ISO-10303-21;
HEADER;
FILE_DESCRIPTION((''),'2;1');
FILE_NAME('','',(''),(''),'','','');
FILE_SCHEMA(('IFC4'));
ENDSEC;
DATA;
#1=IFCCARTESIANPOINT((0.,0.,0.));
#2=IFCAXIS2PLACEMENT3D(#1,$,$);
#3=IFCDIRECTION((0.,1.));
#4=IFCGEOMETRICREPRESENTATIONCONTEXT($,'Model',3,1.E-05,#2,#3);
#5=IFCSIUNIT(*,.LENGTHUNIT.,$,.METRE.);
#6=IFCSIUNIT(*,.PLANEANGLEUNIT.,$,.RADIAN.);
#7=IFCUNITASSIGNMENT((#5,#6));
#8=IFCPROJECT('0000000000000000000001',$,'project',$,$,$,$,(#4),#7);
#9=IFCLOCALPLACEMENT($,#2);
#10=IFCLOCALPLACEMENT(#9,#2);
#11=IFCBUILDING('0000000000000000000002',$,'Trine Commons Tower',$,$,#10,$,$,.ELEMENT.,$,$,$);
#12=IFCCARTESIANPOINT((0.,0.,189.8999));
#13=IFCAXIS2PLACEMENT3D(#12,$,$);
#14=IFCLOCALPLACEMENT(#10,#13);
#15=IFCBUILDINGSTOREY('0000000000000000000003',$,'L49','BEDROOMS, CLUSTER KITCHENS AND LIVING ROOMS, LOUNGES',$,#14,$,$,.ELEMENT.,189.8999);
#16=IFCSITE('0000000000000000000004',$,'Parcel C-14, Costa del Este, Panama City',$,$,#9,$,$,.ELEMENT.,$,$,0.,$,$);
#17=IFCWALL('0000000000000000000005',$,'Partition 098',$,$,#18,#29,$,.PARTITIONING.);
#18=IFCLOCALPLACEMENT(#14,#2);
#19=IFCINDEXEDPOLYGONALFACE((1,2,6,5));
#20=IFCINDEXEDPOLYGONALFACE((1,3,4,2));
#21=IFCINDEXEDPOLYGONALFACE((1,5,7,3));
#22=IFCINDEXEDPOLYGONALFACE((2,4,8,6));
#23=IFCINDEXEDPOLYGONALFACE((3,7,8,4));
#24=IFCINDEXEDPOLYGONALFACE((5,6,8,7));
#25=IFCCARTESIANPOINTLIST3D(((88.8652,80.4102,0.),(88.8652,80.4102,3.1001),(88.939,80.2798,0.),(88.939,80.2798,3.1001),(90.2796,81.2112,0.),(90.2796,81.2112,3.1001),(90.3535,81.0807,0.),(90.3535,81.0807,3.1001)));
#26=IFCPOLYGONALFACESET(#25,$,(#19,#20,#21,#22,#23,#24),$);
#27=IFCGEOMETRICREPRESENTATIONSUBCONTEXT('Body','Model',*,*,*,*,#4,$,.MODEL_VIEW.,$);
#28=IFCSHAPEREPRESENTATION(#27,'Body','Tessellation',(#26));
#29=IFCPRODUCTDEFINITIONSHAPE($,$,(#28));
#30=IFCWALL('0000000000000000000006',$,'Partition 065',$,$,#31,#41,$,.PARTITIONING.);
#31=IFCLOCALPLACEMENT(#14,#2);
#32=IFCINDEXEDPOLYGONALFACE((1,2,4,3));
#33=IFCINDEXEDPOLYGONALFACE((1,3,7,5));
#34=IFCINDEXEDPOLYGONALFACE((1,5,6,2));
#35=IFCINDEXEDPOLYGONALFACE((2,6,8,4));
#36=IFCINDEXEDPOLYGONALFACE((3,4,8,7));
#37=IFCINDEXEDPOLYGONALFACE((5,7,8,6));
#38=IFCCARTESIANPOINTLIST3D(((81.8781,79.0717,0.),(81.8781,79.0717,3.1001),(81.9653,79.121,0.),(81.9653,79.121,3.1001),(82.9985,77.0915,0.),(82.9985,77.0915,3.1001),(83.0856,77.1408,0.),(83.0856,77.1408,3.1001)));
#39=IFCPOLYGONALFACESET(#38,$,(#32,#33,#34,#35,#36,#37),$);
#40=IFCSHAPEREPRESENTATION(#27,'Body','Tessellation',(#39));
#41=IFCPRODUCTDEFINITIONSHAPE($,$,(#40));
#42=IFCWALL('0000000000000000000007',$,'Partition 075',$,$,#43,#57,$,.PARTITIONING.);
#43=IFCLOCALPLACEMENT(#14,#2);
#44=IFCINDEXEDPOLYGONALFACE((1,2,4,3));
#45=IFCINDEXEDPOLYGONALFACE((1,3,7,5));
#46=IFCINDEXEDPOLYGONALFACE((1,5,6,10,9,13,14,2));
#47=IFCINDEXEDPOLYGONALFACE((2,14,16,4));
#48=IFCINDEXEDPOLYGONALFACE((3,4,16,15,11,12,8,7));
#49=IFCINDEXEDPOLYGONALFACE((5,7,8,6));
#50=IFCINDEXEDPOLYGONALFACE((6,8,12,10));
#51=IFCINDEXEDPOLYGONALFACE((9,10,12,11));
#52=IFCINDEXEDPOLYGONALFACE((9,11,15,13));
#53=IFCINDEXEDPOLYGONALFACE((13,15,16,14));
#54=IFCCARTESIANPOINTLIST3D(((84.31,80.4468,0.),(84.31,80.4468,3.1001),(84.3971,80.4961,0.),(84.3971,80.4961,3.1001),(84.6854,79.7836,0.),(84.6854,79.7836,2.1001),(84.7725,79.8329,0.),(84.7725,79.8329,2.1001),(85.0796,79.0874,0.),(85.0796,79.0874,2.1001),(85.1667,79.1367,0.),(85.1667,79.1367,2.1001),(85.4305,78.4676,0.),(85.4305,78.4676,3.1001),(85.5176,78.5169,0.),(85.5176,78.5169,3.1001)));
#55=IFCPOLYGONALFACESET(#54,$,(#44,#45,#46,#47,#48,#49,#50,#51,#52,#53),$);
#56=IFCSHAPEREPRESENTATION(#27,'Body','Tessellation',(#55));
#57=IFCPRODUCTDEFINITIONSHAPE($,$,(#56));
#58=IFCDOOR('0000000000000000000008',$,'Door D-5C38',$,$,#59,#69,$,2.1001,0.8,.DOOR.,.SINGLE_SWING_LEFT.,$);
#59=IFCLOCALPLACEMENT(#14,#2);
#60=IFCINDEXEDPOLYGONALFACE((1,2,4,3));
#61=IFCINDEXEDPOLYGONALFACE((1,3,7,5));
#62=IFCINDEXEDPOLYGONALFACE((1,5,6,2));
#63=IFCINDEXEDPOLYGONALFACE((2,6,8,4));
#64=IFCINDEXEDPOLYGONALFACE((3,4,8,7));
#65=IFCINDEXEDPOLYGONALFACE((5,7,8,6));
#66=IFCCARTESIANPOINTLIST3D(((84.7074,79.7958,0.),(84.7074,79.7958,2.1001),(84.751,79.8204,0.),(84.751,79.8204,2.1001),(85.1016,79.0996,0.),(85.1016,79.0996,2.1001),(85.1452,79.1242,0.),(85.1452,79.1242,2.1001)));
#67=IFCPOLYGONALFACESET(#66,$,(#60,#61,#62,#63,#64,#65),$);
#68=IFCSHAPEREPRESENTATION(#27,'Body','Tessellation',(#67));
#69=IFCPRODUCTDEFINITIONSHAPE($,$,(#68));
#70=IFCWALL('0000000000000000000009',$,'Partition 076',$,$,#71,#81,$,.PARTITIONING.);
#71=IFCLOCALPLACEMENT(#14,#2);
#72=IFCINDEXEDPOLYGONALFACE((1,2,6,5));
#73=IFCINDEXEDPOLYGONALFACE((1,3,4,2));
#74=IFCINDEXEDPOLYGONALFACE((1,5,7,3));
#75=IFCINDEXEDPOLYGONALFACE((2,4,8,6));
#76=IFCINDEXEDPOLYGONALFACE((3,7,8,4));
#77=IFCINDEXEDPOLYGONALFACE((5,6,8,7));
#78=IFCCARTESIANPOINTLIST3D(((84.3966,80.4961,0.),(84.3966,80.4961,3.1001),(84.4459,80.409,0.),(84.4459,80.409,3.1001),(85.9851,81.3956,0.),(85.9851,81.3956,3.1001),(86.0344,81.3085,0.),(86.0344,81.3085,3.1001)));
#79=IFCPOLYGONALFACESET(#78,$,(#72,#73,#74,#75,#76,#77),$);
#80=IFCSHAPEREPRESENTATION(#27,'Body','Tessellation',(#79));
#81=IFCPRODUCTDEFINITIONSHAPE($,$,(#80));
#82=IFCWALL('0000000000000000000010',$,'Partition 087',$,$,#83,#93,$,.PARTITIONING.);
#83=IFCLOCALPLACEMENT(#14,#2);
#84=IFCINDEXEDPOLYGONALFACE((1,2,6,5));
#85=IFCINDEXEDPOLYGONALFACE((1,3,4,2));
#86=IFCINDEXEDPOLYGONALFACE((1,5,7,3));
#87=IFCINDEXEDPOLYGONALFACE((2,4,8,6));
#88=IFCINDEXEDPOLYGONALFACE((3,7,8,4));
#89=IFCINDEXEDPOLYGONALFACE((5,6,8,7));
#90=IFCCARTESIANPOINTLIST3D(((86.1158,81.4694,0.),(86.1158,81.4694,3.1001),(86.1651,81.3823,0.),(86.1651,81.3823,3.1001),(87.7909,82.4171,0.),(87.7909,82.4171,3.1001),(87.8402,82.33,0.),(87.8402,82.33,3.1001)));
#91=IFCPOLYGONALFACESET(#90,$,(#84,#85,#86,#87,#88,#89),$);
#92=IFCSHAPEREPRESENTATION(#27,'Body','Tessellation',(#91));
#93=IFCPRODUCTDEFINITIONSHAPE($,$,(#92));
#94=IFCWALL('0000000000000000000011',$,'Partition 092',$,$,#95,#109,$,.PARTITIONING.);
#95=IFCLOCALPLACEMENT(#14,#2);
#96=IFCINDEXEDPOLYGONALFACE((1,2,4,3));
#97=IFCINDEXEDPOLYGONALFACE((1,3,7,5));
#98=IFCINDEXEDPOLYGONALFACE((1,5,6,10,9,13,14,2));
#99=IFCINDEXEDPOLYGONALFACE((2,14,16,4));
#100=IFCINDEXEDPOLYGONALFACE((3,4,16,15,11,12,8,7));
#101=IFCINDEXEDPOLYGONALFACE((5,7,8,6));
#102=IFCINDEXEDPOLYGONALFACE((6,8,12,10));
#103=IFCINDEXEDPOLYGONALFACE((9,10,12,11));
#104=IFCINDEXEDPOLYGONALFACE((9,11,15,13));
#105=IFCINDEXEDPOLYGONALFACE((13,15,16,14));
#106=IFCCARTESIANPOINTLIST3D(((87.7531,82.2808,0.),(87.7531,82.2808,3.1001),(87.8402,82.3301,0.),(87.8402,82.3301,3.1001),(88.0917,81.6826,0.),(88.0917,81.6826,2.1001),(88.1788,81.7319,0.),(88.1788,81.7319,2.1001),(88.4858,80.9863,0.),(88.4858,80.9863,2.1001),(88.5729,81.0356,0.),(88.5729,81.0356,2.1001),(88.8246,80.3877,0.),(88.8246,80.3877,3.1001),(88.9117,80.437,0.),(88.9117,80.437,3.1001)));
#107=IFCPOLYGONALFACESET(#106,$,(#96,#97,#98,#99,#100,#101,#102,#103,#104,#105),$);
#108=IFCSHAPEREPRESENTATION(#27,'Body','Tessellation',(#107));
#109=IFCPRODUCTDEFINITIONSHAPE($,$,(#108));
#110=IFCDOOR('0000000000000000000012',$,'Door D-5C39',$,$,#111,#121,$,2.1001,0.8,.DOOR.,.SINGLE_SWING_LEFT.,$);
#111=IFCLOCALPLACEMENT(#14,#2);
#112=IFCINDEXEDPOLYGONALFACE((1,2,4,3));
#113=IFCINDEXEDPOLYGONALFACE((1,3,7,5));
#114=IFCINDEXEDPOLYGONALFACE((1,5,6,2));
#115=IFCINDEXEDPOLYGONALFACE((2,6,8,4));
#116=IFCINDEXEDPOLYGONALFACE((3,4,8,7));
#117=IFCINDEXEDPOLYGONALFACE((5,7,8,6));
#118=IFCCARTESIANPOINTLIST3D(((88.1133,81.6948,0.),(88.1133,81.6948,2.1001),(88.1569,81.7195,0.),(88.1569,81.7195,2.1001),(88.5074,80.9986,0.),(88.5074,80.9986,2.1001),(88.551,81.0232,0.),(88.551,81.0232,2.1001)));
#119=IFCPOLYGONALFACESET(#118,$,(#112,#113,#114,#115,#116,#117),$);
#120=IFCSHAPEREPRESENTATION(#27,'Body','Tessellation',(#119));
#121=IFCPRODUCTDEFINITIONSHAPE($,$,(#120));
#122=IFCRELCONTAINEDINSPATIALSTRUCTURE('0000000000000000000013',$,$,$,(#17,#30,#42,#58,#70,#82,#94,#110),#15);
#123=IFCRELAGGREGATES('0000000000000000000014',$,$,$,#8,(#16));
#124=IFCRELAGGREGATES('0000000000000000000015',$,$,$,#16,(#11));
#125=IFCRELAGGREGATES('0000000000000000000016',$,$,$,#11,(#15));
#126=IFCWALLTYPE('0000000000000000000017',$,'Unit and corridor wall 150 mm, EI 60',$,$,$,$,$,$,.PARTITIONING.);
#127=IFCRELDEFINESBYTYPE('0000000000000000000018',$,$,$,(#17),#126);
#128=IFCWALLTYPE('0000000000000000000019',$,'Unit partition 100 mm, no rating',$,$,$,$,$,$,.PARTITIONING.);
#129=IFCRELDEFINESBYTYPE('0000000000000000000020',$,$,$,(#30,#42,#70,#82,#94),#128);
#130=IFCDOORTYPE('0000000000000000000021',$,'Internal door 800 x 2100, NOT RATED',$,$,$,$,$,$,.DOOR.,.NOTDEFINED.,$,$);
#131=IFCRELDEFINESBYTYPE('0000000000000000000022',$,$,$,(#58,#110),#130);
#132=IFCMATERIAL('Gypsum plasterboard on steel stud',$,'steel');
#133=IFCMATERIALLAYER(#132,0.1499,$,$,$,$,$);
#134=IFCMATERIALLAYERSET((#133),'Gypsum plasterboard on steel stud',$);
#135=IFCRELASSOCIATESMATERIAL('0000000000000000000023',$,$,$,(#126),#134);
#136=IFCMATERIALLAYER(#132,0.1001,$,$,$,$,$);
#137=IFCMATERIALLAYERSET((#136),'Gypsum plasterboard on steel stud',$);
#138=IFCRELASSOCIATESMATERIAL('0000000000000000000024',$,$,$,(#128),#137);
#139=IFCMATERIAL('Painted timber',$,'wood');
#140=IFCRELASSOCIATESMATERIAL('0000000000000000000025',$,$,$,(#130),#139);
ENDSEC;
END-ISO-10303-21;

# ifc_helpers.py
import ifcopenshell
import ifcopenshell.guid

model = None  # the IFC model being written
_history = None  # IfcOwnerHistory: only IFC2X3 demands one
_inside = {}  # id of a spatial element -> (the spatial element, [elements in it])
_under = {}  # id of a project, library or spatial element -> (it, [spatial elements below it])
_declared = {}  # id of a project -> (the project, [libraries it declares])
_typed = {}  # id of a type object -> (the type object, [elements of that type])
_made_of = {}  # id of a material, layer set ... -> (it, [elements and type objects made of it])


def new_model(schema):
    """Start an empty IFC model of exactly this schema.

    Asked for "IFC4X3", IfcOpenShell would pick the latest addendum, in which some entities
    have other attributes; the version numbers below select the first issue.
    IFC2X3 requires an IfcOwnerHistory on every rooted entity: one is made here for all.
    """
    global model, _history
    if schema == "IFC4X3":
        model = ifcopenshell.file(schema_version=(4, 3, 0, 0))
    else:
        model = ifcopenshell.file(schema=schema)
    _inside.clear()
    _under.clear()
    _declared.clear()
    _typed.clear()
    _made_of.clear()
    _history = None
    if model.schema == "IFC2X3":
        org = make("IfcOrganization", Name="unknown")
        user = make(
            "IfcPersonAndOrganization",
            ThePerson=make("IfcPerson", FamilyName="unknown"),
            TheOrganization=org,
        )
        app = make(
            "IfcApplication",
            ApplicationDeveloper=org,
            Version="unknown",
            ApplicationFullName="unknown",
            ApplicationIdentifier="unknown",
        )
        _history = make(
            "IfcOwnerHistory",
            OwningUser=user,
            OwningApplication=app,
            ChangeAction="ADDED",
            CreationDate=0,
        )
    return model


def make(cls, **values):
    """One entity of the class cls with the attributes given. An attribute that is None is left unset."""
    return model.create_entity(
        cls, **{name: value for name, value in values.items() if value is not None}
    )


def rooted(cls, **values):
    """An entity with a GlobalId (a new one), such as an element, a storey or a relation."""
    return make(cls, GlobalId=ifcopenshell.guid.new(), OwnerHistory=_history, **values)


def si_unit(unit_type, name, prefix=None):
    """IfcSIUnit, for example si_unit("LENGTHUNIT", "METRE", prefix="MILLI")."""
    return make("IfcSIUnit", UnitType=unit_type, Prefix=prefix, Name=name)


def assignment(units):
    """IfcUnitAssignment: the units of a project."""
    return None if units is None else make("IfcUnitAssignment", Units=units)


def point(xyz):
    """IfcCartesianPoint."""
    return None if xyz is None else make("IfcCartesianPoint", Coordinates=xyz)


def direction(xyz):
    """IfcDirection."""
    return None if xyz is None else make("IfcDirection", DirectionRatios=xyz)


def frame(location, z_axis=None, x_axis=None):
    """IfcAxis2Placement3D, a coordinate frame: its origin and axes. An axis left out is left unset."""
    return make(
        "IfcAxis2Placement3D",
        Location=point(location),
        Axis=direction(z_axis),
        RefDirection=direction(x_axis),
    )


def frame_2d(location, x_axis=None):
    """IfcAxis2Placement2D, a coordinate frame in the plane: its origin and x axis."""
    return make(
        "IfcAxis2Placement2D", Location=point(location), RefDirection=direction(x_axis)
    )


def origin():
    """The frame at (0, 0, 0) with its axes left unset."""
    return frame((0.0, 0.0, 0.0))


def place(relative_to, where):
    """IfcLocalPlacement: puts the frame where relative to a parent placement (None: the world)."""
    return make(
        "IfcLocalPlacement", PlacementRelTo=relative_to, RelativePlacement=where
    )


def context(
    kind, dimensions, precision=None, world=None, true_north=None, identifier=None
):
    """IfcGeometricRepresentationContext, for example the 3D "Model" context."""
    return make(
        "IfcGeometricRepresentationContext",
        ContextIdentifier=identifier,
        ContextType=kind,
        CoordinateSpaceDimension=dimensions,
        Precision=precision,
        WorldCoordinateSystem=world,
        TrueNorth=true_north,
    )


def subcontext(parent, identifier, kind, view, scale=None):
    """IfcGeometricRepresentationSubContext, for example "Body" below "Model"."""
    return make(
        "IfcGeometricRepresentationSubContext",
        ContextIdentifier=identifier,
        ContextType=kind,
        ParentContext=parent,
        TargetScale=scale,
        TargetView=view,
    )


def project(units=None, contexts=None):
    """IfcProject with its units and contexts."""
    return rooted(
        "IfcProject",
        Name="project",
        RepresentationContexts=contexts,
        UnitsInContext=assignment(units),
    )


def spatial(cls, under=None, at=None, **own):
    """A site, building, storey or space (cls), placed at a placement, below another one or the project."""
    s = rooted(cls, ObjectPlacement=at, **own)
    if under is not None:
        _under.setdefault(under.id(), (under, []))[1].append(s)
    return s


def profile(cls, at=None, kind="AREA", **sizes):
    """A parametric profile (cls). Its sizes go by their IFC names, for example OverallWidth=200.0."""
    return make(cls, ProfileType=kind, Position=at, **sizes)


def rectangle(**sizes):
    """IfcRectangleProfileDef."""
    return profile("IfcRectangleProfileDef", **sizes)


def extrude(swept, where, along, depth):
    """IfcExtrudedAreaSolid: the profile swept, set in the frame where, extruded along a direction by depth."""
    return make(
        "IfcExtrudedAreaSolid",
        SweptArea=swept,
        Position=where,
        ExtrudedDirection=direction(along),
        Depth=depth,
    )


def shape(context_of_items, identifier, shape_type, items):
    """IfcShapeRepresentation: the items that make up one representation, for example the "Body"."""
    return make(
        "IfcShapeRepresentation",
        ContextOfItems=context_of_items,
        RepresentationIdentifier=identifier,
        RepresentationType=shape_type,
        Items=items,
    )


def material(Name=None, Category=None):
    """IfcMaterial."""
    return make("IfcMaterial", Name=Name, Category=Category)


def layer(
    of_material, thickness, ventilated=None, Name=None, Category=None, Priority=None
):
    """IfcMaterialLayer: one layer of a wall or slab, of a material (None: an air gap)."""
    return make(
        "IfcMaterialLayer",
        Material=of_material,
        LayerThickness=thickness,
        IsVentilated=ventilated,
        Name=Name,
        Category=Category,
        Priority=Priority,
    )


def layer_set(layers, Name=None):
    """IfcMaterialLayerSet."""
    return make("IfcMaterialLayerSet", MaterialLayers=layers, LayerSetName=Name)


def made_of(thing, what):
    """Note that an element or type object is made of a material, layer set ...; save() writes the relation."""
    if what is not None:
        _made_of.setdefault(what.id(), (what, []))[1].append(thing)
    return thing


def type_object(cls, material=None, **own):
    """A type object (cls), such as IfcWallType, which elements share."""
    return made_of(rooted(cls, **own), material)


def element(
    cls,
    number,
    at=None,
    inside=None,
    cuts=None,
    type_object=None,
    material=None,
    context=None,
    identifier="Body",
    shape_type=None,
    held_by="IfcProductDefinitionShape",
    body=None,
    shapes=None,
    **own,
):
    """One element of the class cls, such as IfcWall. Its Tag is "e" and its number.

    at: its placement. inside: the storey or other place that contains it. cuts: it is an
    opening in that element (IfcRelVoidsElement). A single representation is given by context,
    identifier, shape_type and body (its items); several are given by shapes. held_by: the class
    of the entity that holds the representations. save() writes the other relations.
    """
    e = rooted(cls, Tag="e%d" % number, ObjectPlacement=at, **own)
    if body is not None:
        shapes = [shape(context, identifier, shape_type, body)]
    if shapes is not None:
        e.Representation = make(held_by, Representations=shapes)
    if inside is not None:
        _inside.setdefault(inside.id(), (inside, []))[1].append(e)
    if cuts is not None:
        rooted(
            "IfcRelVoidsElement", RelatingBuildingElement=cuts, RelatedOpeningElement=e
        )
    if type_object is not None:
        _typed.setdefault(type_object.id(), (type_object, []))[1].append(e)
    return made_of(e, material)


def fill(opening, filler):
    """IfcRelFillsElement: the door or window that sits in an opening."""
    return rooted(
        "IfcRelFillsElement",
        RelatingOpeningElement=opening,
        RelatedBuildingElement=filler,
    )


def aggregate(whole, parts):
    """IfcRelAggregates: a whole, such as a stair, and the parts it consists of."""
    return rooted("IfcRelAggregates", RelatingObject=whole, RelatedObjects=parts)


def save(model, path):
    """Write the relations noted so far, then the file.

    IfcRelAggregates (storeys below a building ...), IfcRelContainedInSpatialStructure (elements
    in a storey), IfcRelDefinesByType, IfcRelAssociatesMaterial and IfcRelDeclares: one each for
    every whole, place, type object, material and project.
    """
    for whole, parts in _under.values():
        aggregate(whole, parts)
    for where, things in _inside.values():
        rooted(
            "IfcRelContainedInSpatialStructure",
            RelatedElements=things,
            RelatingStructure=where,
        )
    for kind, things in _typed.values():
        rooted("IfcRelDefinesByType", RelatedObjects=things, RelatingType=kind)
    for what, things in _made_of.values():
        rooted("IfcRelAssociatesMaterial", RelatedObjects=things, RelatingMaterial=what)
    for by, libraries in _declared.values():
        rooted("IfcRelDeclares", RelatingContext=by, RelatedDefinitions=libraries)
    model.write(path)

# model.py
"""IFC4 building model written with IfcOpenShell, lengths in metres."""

from ifc_helpers import new_model, si_unit, direction, frame, frame_2d, origin, place, context, subcontext, project, spatial, rectangle, extrude, material, layer, layer_set, type_object, element, fill, save


model = new_model("IFC4")

# Units and contexts
model_context = context("Model", 3, precision=1e-05, world=origin(), true_north=direction((0.0, 1.0)))
body_context = subcontext(model_context, "Body", "Model", "MODEL_VIEW")
ifc_project = project(units=[si_unit("LENGTHUNIT", "METRE"), si_unit("PLANEANGLEUNIT", "RADIAN")], contexts=[model_context])

# Site, building, storey
site_placement = place(None, origin())
site = spatial("IfcSite", under=ifc_project, at=site_placement, Name="Parcel C-14, Costa del Este, Panama City", CompositionType="ELEMENT", RefElevation=0.0)
building_placement = place(site_placement, origin())
building = spatial("IfcBuilding", under=site, at=building_placement, Name="Trine Commons Tower", CompositionType="ELEMENT")
storey_placement = place(building_placement, frame((0.0, 0.0, 189.8999)))
storey = spatial("IfcBuildingStorey", under=building, at=storey_placement, Name="L49", Description="BEDROOMS, CLUSTER KITCHENS AND LIVING ROOMS, LOUNGES", CompositionType="ELEMENT", Elevation=189.8999)

# Shared definitions
ifc_material_1 = material(Name="Gypsum plasterboard on steel stud", Category="steel")
ifc_layer_1 = layer(ifc_material_1, 0.1499)
ifc_layer_set_1 = layer_set([ifc_layer_1], Name="Gypsum plasterboard on steel stud")
wall_type_1 = type_object("IfcWallType", Name="Unit and corridor wall 150 mm, EI 60", PredefinedType="PARTITIONING", material=ifc_layer_set_1)

# Walls
wall_1_placement = place(storey_placement, frame((88.9021, 80.345, 0.0), z_axis=(0.0, 0.0, 1.0), x_axis=(0.870168, 0.492755, 0.0)))
element("IfcWall", 1, at=wall_1_placement, inside=storey, type_object=wall_type_1, Name="Partition 098", PredefinedType="PARTITIONING", context=body_context, shape_type="SweptSolid", body=[
    extrude(rectangle(XDim=1.6255, YDim=0.1499, at=frame_2d((0.8127, 0.0))), origin(), (0.0, 0.0, 1.0), 3.1001),
])
ifc_layer_2 = layer(ifc_material_1, 0.1001)
ifc_layer_set_2 = layer_set([ifc_layer_2], Name="Gypsum plasterboard on steel stud")
wall_type_2 = type_object("IfcWallType", Name="Unit partition 100 mm, no rating", PredefinedType="PARTITIONING", material=ifc_layer_set_2)
wall_2_placement = place(storey_placement, frame((81.9216, 79.0964, 0.0), z_axis=(0.0, 0.0, 1.0), x_axis=(0.492425, -0.870355, 0.0)))
element("IfcWall", 2, at=wall_2_placement, inside=storey, type_object=wall_type_2, Name="Partition 065", PredefinedType="PARTITIONING", context=body_context, shape_type="SweptSolid", body=[
    extrude(rectangle(XDim=2.2751, YDim=0.1001, at=frame_2d((1.1377, 0.0))), origin(), (0.0, 0.0, 1.0), 3.1001),
])

# Wall, opening, door
wall_3_placement = place(storey_placement, frame((84.3535, 80.4714, 0.0), z_axis=(0.0, 0.0, 1.0), x_axis=(0.49269, -0.870205, 0.0)))
wall_3 = element("IfcWall", 3, at=wall_3_placement, inside=storey, type_object=wall_type_2, Name="Partition 075", PredefinedType="PARTITIONING", context=body_context, shape_type="SweptSolid", body=[
    extrude(rectangle(XDim=2.2744, YDim=0.1001, at=frame_2d((1.1372, 0.0))), origin(), (0.0, 0.0, 1.0), 3.1001),
])
opening_1_placement = place(wall_3_placement, frame((0.7622, 0.0, 0.0)))
opening_1 = element("IfcOpeningElement", 4, at=opening_1_placement, cuts=wall_3, PredefinedType="OPENING", context=body_context, shape_type="SweptSolid", body=[
    extrude(rectangle(XDim=0.8, YDim=2.1001, at=frame_2d((0.3999, 1.05))), frame((0.0, 0.0601, 0.0), z_axis=(0.0, -1.0, 0.0), x_axis=(1.0, 0.0, 0.0)), (0.0, 0.0, 1.0), 0.1201),
])
ifc_material_2 = material(Name="Painted timber", Category="wood")
door_type_1 = type_object("IfcDoorType", Name="Internal door 800 x 2100, NOT RATED", OperationType="NOTDEFINED", PredefinedType="DOOR", material=ifc_material_2)
door_1_placement = place(opening_1_placement, frame((0.8, 0.0, 0.0), z_axis=(0.0, 0.0, 1.0), x_axis=(-1.0, 0.0, 0.0)))
door_1 = element("IfcDoor", 5, at=door_1_placement, inside=storey, type_object=door_type_1, Name="Door D-5C38", OperationType="SINGLE_SWING_LEFT", OverallHeight=2.1001, OverallWidth=0.8, PredefinedType="DOOR", context=body_context, shape_type="SweptSolid", body=[
    extrude(rectangle(XDim=0.8, YDim=2.1001, at=frame_2d((0.3999, 1.05))), frame((0.0, 0.0249, 0.0), z_axis=(0.0, -1.0, 0.0), x_axis=(1.0, 0.0, 0.0)), (0.0, 0.0, 1.0), 0.05),
])
fill(opening_1, door_1)

# Walls
wall_4_placement = place(storey_placement, frame((84.4214, 80.4526, 0.0), z_axis=(0.0, 0.0, 1.0), x_axis=(0.870179, 0.492736, 0.0)))
element("IfcWall", 6, at=wall_4_placement, inside=storey, type_object=wall_type_2, Name="Partition 076", PredefinedType="PARTITIONING", context=body_context, shape_type="SweptSolid", body=[
    extrude(rectangle(XDim=1.8254, YDim=0.1001, at=frame_2d((0.9126, 0.0))), origin(), (0.0, 0.0, 1.0), 3.1001),
])
wall_5_placement = place(storey_placement, frame((86.1404, 81.4258, 0.0), z_axis=(0.0, 0.0, 1.0), x_axis=(0.870343, 0.492446, 0.0)))
element("IfcWall", 7, at=wall_5_placement, inside=storey, type_object=wall_type_2, Name="Partition 087", PredefinedType="PARTITIONING", context=body_context, shape_type="SweptSolid", body=[
    extrude(rectangle(XDim=1.9246, YDim=0.1001, at=frame_2d((0.9624, 0.0))), origin(), (0.0, 0.0, 1.0), 3.1001),
])

# Wall, opening, door
wall_6_placement = place(storey_placement, frame((87.7966, 82.3054, 0.0), z_axis=(0.0, 0.0, 1.0), x_axis=(0.492593, -0.87026, 0.0)))
wall_6 = element("IfcWall", 8, at=wall_6_placement, inside=storey, type_object=wall_type_2, Name="Partition 092", PredefinedType="PARTITIONING", context=body_context, shape_type="SweptSolid", body=[
    extrude(rectangle(XDim=2.1753, YDim=0.1001, at=frame_2d((1.0876, 0.0))), origin(), (0.0, 0.0, 1.0), 3.1001),
])
opening_2_placement = place(wall_6_placement, frame((0.6875, 0.0, 0.0)))
opening_2 = element("IfcOpeningElement", 9, at=opening_2_placement, cuts=wall_6, PredefinedType="OPENING", context=body_context, shape_type="SweptSolid", body=[
    extrude(rectangle(XDim=0.8, YDim=2.1001, at=frame_2d((0.3999, 1.05))), frame((0.0, 0.0601, 0.0), z_axis=(0.0, -1.0, 0.0), x_axis=(1.0, 0.0, 0.0)), (0.0, 0.0, 1.0), 0.1201),
])
door_2_placement = place(opening_2_placement, origin())
door_2 = element("IfcDoor", 10, at=door_2_placement, inside=storey, type_object=door_type_1, Name="Door D-5C39", OperationType="SINGLE_SWING_LEFT", OverallHeight=2.1001, OverallWidth=0.8, PredefinedType="DOOR", context=body_context, shape_type="SweptSolid", body=[
    extrude(rectangle(XDim=0.8, YDim=2.1001, at=frame_2d((0.3999, 1.05))), frame((0.0, 0.0249, 0.0), z_axis=(0.0, -1.0, 0.0), x_axis=(1.0, 0.0, 0.0)), (0.0, 0.0, 1.0), 0.05),
])
fill(opening_2, door_2)

save(model, "model.ifc")
